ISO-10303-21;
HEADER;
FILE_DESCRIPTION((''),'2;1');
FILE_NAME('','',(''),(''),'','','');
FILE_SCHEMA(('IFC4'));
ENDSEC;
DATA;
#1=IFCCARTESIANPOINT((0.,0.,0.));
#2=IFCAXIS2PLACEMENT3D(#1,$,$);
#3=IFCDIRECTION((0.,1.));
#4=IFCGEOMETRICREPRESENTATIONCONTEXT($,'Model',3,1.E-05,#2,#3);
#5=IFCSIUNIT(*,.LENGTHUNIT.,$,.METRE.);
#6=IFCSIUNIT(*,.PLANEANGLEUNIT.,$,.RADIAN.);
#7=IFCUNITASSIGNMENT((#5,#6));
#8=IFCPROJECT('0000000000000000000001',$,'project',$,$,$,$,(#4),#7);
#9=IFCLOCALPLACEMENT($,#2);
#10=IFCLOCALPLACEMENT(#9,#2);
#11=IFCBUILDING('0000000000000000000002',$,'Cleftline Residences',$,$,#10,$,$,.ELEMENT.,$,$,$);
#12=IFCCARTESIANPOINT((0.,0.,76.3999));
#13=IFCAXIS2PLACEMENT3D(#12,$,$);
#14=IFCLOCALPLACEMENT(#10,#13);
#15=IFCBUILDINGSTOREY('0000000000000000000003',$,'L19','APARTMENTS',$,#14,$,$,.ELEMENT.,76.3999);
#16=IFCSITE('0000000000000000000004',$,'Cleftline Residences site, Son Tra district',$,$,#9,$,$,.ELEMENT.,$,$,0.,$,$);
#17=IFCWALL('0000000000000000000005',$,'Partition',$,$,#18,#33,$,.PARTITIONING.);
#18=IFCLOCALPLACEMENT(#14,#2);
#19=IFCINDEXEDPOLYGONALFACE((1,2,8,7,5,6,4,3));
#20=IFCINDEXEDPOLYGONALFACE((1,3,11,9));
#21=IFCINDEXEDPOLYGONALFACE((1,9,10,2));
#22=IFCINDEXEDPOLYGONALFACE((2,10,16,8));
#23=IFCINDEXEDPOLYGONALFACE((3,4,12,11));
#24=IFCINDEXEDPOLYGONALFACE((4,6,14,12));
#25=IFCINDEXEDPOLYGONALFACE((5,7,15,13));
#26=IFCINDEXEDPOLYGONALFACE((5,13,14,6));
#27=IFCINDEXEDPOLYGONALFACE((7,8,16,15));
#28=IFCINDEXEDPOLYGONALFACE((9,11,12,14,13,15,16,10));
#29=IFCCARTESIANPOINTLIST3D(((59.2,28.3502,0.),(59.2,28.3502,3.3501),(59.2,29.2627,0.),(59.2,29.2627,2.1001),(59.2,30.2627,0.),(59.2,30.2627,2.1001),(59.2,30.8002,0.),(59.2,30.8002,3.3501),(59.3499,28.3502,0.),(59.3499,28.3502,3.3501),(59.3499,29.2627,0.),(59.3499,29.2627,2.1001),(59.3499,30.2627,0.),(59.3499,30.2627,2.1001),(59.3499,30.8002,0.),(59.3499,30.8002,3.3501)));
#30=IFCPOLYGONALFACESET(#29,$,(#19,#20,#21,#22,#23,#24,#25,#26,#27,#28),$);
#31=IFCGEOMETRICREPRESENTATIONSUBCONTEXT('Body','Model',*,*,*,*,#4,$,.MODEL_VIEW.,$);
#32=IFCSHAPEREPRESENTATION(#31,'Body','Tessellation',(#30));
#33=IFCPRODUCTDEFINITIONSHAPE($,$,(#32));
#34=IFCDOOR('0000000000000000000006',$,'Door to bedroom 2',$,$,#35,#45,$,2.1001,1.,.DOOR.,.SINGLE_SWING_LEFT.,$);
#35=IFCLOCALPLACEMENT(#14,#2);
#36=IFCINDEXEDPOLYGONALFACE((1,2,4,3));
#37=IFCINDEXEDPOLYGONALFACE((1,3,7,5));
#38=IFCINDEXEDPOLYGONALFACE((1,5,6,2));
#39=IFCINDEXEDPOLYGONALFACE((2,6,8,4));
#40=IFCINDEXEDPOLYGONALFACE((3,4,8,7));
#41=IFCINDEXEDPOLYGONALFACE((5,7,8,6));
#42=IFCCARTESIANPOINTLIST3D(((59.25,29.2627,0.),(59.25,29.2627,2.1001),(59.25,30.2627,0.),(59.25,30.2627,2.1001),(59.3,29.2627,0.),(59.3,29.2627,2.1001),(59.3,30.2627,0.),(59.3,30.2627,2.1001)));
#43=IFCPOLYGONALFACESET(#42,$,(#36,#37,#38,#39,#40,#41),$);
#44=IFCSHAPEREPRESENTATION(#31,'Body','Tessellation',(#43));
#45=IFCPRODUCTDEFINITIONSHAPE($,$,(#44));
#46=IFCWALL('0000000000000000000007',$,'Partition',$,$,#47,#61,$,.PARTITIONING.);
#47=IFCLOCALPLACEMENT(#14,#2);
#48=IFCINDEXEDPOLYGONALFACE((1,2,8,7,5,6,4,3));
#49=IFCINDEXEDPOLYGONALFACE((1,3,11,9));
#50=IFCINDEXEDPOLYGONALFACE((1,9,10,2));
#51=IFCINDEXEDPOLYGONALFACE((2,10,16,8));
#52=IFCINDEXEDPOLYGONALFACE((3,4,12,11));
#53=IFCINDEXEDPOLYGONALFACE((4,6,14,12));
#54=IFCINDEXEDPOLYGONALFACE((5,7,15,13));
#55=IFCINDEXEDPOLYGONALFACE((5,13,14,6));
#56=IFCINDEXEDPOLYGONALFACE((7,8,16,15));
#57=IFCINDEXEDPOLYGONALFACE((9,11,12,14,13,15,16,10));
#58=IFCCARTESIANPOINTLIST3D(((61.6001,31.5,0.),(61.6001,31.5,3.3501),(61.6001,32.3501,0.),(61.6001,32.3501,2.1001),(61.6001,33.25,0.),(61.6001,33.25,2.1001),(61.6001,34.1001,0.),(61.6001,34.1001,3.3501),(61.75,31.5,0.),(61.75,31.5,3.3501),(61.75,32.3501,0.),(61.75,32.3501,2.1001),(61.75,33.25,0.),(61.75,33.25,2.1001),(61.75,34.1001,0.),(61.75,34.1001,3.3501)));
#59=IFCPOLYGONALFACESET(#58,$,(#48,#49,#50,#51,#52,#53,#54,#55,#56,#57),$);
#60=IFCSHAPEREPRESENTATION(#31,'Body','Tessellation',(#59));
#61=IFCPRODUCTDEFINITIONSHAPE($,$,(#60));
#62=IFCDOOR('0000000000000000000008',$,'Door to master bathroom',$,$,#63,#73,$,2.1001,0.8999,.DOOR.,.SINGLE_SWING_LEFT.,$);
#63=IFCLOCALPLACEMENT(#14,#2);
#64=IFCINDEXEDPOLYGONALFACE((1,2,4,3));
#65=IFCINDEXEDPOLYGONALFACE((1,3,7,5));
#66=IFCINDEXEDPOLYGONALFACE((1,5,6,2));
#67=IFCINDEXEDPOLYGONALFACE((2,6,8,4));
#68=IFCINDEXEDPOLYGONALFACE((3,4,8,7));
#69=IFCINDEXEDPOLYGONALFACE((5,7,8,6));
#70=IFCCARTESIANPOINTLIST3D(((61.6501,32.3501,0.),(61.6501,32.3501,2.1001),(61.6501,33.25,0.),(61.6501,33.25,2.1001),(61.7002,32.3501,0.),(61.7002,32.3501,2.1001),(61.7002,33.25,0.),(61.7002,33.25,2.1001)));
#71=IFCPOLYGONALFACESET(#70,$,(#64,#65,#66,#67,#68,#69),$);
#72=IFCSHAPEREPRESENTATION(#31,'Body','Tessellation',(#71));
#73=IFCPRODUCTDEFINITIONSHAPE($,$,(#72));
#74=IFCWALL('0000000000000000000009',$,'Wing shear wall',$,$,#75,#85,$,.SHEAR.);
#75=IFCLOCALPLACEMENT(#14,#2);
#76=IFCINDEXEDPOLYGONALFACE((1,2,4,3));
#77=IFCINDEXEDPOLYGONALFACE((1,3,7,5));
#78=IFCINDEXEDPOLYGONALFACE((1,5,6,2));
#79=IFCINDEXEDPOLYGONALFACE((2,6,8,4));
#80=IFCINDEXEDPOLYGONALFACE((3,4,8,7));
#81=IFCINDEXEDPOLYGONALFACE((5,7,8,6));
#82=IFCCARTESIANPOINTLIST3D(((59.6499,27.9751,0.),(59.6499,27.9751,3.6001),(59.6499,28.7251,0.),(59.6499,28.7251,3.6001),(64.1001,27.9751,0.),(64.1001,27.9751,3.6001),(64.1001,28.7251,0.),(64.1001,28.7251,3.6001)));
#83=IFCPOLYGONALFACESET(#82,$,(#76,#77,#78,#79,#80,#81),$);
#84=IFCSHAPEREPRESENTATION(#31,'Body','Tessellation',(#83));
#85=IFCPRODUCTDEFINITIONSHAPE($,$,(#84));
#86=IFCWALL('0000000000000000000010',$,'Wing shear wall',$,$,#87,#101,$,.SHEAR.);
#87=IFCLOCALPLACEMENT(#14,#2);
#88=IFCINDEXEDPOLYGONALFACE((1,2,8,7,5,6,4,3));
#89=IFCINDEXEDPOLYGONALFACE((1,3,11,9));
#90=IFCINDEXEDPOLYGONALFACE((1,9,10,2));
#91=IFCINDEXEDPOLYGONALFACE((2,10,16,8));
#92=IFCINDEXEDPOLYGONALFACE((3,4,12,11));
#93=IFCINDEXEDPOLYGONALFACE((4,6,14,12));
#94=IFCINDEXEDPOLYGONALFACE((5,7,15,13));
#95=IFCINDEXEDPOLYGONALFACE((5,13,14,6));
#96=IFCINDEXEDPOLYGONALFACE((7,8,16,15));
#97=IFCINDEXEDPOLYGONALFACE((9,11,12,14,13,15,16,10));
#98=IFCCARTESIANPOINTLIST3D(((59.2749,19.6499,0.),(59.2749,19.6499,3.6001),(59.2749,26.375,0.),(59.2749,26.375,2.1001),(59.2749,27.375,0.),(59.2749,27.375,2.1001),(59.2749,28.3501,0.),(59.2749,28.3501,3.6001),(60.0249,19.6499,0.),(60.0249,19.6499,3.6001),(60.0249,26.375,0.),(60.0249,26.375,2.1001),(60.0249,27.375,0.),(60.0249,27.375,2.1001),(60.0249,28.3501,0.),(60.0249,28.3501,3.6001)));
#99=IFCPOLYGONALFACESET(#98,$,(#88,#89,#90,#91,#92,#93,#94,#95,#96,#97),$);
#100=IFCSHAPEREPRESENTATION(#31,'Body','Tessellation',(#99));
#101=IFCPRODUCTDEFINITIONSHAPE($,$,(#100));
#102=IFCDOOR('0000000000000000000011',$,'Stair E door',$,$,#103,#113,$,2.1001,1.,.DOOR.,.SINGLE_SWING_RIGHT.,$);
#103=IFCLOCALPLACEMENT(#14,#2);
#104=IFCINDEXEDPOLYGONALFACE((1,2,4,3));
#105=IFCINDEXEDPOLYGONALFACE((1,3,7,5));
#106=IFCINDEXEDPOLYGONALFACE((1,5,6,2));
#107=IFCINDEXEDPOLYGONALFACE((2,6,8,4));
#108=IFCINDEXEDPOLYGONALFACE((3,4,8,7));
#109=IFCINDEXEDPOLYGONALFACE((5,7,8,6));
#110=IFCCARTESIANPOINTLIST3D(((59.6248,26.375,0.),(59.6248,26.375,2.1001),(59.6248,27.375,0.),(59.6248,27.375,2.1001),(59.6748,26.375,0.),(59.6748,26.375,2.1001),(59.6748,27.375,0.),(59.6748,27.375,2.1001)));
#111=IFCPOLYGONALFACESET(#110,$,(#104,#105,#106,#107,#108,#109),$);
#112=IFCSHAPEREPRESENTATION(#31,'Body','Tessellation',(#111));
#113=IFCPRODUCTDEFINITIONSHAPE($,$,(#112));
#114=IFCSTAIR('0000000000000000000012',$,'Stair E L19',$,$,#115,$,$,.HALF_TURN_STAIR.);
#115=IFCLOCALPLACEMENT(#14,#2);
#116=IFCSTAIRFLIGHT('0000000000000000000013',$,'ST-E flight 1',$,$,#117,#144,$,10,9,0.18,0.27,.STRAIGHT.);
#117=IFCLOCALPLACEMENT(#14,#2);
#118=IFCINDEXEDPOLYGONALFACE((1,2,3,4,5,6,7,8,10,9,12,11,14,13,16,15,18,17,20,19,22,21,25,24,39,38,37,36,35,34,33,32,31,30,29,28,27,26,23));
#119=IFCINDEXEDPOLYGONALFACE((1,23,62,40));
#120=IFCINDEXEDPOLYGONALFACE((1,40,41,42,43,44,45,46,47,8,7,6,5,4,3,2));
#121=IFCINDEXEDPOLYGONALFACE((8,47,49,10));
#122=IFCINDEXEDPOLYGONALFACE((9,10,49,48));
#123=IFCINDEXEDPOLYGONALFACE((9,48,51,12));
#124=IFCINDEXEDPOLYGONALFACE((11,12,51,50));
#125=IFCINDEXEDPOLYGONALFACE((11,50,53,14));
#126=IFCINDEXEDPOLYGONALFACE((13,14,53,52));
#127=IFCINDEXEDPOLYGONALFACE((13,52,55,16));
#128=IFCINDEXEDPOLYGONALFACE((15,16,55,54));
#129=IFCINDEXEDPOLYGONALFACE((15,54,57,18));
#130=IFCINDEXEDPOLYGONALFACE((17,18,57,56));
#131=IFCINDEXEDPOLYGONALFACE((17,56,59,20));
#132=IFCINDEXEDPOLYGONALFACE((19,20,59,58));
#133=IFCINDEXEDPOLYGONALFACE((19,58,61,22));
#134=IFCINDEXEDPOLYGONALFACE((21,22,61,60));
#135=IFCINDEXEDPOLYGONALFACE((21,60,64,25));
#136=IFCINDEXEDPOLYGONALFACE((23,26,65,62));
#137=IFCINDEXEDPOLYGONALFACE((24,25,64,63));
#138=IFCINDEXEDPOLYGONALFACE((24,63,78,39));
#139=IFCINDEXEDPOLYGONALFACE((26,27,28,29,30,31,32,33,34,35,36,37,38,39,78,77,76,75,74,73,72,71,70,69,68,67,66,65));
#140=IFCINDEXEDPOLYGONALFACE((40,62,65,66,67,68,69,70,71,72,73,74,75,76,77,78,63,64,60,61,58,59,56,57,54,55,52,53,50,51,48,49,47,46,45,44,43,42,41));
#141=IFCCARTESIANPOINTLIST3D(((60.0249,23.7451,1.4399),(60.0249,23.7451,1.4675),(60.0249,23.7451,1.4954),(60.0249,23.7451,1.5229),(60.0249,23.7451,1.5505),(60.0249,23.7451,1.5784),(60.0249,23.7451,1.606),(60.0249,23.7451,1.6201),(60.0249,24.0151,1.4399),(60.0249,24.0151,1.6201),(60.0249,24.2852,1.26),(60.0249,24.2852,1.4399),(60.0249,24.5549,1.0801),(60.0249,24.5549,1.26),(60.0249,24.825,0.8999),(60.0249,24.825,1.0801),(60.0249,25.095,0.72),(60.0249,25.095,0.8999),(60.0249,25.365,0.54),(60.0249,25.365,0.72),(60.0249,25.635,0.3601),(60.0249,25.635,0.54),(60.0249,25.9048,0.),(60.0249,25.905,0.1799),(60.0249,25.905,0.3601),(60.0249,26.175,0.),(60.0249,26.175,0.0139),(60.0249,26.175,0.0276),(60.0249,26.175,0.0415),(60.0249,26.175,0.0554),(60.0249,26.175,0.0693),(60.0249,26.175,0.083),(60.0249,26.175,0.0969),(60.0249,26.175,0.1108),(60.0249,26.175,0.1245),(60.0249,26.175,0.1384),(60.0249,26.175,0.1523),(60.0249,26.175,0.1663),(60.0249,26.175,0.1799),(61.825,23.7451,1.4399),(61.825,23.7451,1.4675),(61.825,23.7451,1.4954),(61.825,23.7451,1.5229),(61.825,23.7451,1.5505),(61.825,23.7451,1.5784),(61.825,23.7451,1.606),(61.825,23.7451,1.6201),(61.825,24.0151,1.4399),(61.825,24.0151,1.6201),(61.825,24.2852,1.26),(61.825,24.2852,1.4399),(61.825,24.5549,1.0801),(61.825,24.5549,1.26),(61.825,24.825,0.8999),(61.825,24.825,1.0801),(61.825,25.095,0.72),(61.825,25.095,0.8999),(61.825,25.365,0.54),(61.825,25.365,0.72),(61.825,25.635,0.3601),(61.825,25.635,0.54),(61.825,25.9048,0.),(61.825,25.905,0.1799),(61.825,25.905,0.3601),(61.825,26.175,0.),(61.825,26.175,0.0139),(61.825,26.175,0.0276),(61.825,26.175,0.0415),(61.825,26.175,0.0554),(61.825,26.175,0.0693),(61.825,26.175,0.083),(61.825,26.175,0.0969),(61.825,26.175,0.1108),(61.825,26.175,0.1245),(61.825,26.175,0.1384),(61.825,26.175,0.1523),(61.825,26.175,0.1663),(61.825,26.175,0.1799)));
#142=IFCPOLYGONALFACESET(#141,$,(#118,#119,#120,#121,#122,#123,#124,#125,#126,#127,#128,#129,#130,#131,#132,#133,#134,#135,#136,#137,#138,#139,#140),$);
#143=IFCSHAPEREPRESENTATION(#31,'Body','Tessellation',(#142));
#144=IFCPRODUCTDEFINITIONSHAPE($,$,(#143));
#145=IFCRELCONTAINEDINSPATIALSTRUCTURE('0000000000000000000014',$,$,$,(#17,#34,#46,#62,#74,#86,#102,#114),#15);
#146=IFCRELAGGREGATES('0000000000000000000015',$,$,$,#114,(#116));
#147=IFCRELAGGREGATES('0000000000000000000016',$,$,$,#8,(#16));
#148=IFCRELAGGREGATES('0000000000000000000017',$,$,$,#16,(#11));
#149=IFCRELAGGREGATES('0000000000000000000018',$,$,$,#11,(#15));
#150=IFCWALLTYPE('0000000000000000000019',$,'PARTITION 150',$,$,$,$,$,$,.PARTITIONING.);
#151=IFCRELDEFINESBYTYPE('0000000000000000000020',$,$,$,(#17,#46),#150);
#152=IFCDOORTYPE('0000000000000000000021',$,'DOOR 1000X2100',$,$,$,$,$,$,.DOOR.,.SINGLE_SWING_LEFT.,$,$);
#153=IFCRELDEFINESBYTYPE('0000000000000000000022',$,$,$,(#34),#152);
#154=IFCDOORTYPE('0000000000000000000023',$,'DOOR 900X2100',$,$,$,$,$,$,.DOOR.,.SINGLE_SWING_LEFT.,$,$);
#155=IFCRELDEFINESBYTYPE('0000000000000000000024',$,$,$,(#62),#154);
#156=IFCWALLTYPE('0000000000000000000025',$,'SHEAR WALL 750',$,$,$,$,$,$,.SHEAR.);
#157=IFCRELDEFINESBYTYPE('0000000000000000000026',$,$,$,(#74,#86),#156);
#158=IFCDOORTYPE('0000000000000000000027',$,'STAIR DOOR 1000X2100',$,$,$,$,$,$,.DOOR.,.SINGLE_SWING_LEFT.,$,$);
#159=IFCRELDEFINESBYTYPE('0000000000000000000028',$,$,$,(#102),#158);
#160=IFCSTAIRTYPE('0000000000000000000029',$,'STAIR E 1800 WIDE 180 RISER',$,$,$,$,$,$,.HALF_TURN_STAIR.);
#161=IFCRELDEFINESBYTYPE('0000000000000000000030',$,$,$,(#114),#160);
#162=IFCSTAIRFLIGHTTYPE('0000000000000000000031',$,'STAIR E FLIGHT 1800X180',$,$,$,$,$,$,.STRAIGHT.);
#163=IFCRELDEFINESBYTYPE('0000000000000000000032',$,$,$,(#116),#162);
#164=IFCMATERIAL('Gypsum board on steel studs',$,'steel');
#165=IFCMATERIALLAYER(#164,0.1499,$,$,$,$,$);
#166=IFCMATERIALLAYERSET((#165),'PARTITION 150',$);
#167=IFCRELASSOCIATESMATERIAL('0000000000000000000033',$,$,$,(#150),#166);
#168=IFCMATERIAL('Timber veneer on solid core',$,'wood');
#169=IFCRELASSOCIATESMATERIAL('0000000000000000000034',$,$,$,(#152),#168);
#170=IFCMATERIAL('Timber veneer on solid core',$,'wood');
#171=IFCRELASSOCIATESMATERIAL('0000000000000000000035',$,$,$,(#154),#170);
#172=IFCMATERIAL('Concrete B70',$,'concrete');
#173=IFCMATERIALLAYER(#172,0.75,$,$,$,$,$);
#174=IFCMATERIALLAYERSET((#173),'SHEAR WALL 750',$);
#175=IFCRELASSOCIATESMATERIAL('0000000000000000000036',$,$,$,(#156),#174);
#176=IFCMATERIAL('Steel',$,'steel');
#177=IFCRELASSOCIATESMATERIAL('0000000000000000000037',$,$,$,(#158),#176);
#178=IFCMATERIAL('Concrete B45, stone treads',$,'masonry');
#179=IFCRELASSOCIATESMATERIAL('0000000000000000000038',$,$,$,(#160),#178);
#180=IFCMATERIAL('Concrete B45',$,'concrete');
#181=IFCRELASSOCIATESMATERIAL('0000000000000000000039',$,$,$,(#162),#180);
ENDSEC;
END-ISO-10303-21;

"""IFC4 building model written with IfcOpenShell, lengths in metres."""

from ifc_helpers import new_model, si_unit, direction, frame, frame_2d, origin, place, context, subcontext, project, spatial, polyline, rectangle, outline, extrude, material, layer, layer_set, type_object, element, fill, aggregate, save


model = new_model("IFC4")

# Units and contexts
model_context = context("Model", 3, precision=1e-05, world=origin(), true_north=direction((0.0, 1.0)))
body_context = subcontext(model_context, "Body", "Model", "MODEL_VIEW")
ifc_project = project(units=[si_unit("LENGTHUNIT", "METRE"), si_unit("PLANEANGLEUNIT", "RADIAN")], contexts=[model_context])

# Site, building, storey
site_placement = place(None, origin())
site = spatial("IfcSite", under=ifc_project, at=site_placement, Name="Cleftline Residences site, Son Tra district", CompositionType="ELEMENT", RefElevation=0.0)
building_placement = place(site_placement, origin())
building = spatial("IfcBuilding", under=site, at=building_placement, Name="Cleftline Residences", CompositionType="ELEMENT")
storey_placement = place(building_placement, frame((0.0, 0.0, 76.3999)))
storey = spatial("IfcBuildingStorey", under=building, at=storey_placement, Name="L19", Description="APARTMENTS", CompositionType="ELEMENT", Elevation=76.3999)

# Shared definitions
ifc_material_1 = material(Name="Gypsum board on steel studs", Category="steel")
ifc_layer_1 = layer(ifc_material_1, 0.1499)
ifc_layer_set_1 = layer_set([ifc_layer_1], Name="PARTITION 150")
wall_type_1 = type_object("IfcWallType", Name="PARTITION 150", PredefinedType="PARTITIONING", material=ifc_layer_set_1)

# Walls, openings, doors
wall_1_placement = place(storey_placement, frame((59.2749, 28.3501, 0.0), z_axis=(0.0, 0.0, 1.0), x_axis=(0.0, 1.0, 0.0)))
wall_1 = element("IfcWall", 1, at=wall_1_placement, inside=storey, type_object=wall_type_1, Name="Partition", PredefinedType="PARTITIONING", context=body_context, shape_type="SweptSolid", body=[
    extrude(rectangle(XDim=2.45, YDim=0.1499, at=frame_2d((1.2251, 0.0))), origin(), (0.0, 0.0, 1.0), 3.3501),
])
opening_1_placement = place(wall_1_placement, frame((0.9126, 0.0, 0.0)))
opening_1 = element("IfcOpeningElement", 2, at=opening_1_placement, cuts=wall_1, PredefinedType="OPENING", context=body_context, shape_type="SweptSolid", body=[
    extrude(rectangle(XDim=1.0, YDim=2.1001, at=frame_2d((0.5, 1.05))), frame((0.0, 0.085, 0.0), z_axis=(0.0, -1.0, 0.0), x_axis=(1.0, 0.0, 0.0)), (0.0, 0.0, 1.0), 0.1699),
])
ifc_material_2 = material(Name="Timber veneer on solid core", Category="wood")
door_type_1 = type_object("IfcDoorType", Name="DOOR 1000X2100", OperationType="SINGLE_SWING_LEFT", PredefinedType="DOOR", material=ifc_material_2)
door_1_placement = place(opening_1_placement, origin())
door_1 = element("IfcDoor", 3, at=door_1_placement, inside=storey, type_object=door_type_1, Name="Door to bedroom 2", OperationType="SINGLE_SWING_LEFT", OverallHeight=2.1001, OverallWidth=1.0, PredefinedType="DOOR", context=body_context, shape_type="SweptSolid", body=[
    extrude(rectangle(XDim=1.0, YDim=2.1001, at=frame_2d((0.5, 1.05))), frame((0.0, 0.0249, 0.0), z_axis=(0.0, -1.0, 0.0), x_axis=(1.0, 0.0, 0.0)), (0.0, 0.0, 1.0), 0.05),
])
fill(opening_1, door_1)
wall_2_placement = place(storey_placement, frame((61.675, 31.5, 0.0), z_axis=(0.0, 0.0, 1.0), x_axis=(0.0, 1.0, 0.0)))
wall_2 = element("IfcWall", 4, at=wall_2_placement, inside=storey, type_object=wall_type_1, Name="Partition", PredefinedType="PARTITIONING", context=body_context, shape_type="SweptSolid", body=[
    extrude(rectangle(XDim=2.6001, YDim=0.1499, at=frame_2d((1.3, 0.0))), origin(), (0.0, 0.0, 1.0), 3.3501),
])
opening_2_placement = place(wall_2_placement, frame((0.8501, 0.0, 0.0)))
opening_2 = element("IfcOpeningElement", 5, at=opening_2_placement, cuts=wall_2, PredefinedType="OPENING", context=body_context, shape_type="SweptSolid", body=[
    extrude(rectangle(XDim=0.8999, YDim=2.1001, at=frame_2d((0.45, 1.05))), frame((0.0, 0.085, 0.0), z_axis=(0.0, -1.0, 0.0), x_axis=(1.0, 0.0, 0.0)), (0.0, 0.0, 1.0), 0.1699),
])
ifc_material_3 = material(Name="Timber veneer on solid core", Category="wood")
door_type_2 = type_object("IfcDoorType", Name="DOOR 900X2100", OperationType="SINGLE_SWING_LEFT", PredefinedType="DOOR", material=ifc_material_3)
door_2_placement = place(opening_2_placement, origin())
door_2 = element("IfcDoor", 6, at=door_2_placement, inside=storey, type_object=door_type_2, Name="Door to master bathroom", OperationType="SINGLE_SWING_LEFT", OverallHeight=2.1001, OverallWidth=0.8999, PredefinedType="DOOR", context=body_context, shape_type="SweptSolid", body=[
    extrude(rectangle(XDim=0.8999, YDim=2.1001, at=frame_2d((0.45, 1.05))), frame((0.0, 0.0249, 0.0), z_axis=(0.0, -1.0, 0.0), x_axis=(1.0, 0.0, 0.0)), (0.0, 0.0, 1.0), 0.05),
])
fill(opening_2, door_2)

# Wall
ifc_material_4 = material(Name="Concrete B70", Category="concrete")
ifc_layer_2 = layer(ifc_material_4, 0.75)
ifc_layer_set_2 = layer_set([ifc_layer_2], Name="SHEAR WALL 750")
wall_type_2 = type_object("IfcWallType", Name="SHEAR WALL 750", PredefinedType="SHEAR", material=ifc_layer_set_2)
wall_3_placement = place(storey_placement, frame((64.1001, 28.3501, 0.0), z_axis=(0.0, 0.0, 1.0), x_axis=(-1.0, 0.0, 0.0)))
element("IfcWall", 7, at=wall_3_placement, inside=storey, type_object=wall_type_2, Name="Wing shear wall", PredefinedType="SHEAR", context=body_context, shape_type="SweptSolid", body=[
    extrude(rectangle(XDim=4.4502, YDim=0.75, at=frame_2d((2.2251, 0.0))), origin(), (0.0, 0.0, 1.0), 3.6001),
])

# Wall, opening, door
wall_4_placement = place(storey_placement, frame((59.6499, 28.3501, 0.0), z_axis=(0.0, 0.0, 1.0), x_axis=(0.0, -1.0, 0.0)))
wall_4 = element("IfcWall", 8, at=wall_4_placement, inside=storey, type_object=wall_type_2, Name="Wing shear wall", PredefinedType="SHEAR", context=body_context, shape_type="SweptSolid", body=[
    extrude(rectangle(XDim=8.7002, YDim=0.75, at=frame_2d((4.3501, 0.0))), origin(), (0.0, 0.0, 1.0), 3.6001),
])
opening_3_placement = place(wall_4_placement, frame((0.9751, 0.0, 0.0)))
opening_3 = element("IfcOpeningElement", 9, at=opening_3_placement, cuts=wall_4, PredefinedType="OPENING", context=body_context, shape_type="SweptSolid", body=[
    extrude(rectangle(XDim=1.0, YDim=2.1001, at=frame_2d((0.5, 1.05))), frame((0.0, 0.385, 0.0), z_axis=(0.0, -1.0, 0.0), x_axis=(1.0, 0.0, 0.0)), (0.0, 0.0, 1.0), 0.77),
])
ifc_material_5 = material(Name="Steel", Category="steel")
door_type_3 = type_object("IfcDoorType", Name="STAIR DOOR 1000X2100", OperationType="SINGLE_SWING_LEFT", PredefinedType="DOOR", material=ifc_material_5)
door_3_placement = place(opening_3_placement, origin())
door_3 = element("IfcDoor", 10, at=door_3_placement, inside=storey, type_object=door_type_3, Name="Stair E door", OperationType="SINGLE_SWING_RIGHT", OverallHeight=2.1001, OverallWidth=1.0, PredefinedType="DOOR", context=body_context, shape_type="SweptSolid", body=[
    extrude(rectangle(XDim=1.0, YDim=2.1001, at=frame_2d((0.5, 1.05))), frame((0.0, 0.0249, 0.0), z_axis=(0.0, -1.0, 0.0), x_axis=(1.0, 0.0, 0.0)), (0.0, 0.0, 1.0), 0.05),
])
fill(opening_3, door_3)

# Stair, stair flight
ifc_material_6 = material(Name="Concrete B45, stone treads", Category="masonry")
stair_type = type_object("IfcStairType", Name="STAIR E 1800 WIDE 180 RISER", PredefinedType="HALF_TURN_STAIR", material=ifc_material_6)
stair_placement = place(storey_placement, origin())
stair = element("IfcStair", 11, at=stair_placement, inside=storey, type_object=stair_type, Name="Stair E L19", PredefinedType="HALF_TURN_STAIR")
ifc_material_7 = material(Name="Concrete B45", Category="concrete")
stair_flight_type = type_object("IfcStairFlightType", Name="STAIR E FLIGHT 1800X180", PredefinedType="STRAIGHT", material=ifc_material_7)
stair_flight_placement = place(storey_placement, frame((60.925, 26.175, 0.0), z_axis=(0.0, 0.0, 1.0), x_axis=(0.0, -1.0, 0.0)))
stair_flight = element("IfcStairFlight", 12, at=stair_flight_placement, type_object=stair_flight_type, Name="ST-E flight 1", NumberOfRisers=10, NumberOfTreads=9, PredefinedType="STRAIGHT", RiserHeight=0.18, TreadLength=0.27, context=body_context, shape_type="SweptSolid", body=[
    extrude(outline(polyline([(0.0, 0.0), (0.0, 0.0139), (0.0, 0.0276), (0.0, 0.0415), (0.0, 0.0554), (0.0, 0.0693), (0.0, 0.083), (0.0, 0.0969), (0.0, 0.1108), (0.0, 0.1245), (0.0, 0.1384), (0.0, 0.1523), (0.0, 0.1663), (0.0, 0.1799), (0.27, 0.1799), (0.27, 0.3601), (0.54, 0.3601), (0.54, 0.54), (0.8101, 0.54), (0.8101, 0.72), (1.0801, 0.72), (1.0801, 0.8999), (1.3501, 0.8999), (1.3501, 1.0801), (1.6201, 1.0801), (1.6201, 1.26), (1.8899, 1.26), (1.8899, 1.4399), (2.1599, 1.4399), (2.1599, 1.6201), (2.4299, 1.6201), (2.4299, 1.8), (2.4299, 1.7722), (2.4299, 1.7446), (2.4299, 1.7168), (2.4299, 1.6892), (2.4299, 1.6614), (2.4299, 1.6338), (2.4299, 1.606), (2.4299, 1.5784), (2.4299, 1.5505), (2.4299, 1.5229), (2.4299, 1.4954), (2.4299, 1.4675), (2.4299, 1.4399), (0.2703, 0.0), (0.0, 0.0)])), frame((0.0, 0.8999, 0.0), z_axis=(0.0, -1.0, 0.0), x_axis=(1.0, 0.0, 0.0)), (0.0, 0.0, 1.0), 1.8),
])
aggregate(stair, [stair_flight])

save(model, "model.ifc")
